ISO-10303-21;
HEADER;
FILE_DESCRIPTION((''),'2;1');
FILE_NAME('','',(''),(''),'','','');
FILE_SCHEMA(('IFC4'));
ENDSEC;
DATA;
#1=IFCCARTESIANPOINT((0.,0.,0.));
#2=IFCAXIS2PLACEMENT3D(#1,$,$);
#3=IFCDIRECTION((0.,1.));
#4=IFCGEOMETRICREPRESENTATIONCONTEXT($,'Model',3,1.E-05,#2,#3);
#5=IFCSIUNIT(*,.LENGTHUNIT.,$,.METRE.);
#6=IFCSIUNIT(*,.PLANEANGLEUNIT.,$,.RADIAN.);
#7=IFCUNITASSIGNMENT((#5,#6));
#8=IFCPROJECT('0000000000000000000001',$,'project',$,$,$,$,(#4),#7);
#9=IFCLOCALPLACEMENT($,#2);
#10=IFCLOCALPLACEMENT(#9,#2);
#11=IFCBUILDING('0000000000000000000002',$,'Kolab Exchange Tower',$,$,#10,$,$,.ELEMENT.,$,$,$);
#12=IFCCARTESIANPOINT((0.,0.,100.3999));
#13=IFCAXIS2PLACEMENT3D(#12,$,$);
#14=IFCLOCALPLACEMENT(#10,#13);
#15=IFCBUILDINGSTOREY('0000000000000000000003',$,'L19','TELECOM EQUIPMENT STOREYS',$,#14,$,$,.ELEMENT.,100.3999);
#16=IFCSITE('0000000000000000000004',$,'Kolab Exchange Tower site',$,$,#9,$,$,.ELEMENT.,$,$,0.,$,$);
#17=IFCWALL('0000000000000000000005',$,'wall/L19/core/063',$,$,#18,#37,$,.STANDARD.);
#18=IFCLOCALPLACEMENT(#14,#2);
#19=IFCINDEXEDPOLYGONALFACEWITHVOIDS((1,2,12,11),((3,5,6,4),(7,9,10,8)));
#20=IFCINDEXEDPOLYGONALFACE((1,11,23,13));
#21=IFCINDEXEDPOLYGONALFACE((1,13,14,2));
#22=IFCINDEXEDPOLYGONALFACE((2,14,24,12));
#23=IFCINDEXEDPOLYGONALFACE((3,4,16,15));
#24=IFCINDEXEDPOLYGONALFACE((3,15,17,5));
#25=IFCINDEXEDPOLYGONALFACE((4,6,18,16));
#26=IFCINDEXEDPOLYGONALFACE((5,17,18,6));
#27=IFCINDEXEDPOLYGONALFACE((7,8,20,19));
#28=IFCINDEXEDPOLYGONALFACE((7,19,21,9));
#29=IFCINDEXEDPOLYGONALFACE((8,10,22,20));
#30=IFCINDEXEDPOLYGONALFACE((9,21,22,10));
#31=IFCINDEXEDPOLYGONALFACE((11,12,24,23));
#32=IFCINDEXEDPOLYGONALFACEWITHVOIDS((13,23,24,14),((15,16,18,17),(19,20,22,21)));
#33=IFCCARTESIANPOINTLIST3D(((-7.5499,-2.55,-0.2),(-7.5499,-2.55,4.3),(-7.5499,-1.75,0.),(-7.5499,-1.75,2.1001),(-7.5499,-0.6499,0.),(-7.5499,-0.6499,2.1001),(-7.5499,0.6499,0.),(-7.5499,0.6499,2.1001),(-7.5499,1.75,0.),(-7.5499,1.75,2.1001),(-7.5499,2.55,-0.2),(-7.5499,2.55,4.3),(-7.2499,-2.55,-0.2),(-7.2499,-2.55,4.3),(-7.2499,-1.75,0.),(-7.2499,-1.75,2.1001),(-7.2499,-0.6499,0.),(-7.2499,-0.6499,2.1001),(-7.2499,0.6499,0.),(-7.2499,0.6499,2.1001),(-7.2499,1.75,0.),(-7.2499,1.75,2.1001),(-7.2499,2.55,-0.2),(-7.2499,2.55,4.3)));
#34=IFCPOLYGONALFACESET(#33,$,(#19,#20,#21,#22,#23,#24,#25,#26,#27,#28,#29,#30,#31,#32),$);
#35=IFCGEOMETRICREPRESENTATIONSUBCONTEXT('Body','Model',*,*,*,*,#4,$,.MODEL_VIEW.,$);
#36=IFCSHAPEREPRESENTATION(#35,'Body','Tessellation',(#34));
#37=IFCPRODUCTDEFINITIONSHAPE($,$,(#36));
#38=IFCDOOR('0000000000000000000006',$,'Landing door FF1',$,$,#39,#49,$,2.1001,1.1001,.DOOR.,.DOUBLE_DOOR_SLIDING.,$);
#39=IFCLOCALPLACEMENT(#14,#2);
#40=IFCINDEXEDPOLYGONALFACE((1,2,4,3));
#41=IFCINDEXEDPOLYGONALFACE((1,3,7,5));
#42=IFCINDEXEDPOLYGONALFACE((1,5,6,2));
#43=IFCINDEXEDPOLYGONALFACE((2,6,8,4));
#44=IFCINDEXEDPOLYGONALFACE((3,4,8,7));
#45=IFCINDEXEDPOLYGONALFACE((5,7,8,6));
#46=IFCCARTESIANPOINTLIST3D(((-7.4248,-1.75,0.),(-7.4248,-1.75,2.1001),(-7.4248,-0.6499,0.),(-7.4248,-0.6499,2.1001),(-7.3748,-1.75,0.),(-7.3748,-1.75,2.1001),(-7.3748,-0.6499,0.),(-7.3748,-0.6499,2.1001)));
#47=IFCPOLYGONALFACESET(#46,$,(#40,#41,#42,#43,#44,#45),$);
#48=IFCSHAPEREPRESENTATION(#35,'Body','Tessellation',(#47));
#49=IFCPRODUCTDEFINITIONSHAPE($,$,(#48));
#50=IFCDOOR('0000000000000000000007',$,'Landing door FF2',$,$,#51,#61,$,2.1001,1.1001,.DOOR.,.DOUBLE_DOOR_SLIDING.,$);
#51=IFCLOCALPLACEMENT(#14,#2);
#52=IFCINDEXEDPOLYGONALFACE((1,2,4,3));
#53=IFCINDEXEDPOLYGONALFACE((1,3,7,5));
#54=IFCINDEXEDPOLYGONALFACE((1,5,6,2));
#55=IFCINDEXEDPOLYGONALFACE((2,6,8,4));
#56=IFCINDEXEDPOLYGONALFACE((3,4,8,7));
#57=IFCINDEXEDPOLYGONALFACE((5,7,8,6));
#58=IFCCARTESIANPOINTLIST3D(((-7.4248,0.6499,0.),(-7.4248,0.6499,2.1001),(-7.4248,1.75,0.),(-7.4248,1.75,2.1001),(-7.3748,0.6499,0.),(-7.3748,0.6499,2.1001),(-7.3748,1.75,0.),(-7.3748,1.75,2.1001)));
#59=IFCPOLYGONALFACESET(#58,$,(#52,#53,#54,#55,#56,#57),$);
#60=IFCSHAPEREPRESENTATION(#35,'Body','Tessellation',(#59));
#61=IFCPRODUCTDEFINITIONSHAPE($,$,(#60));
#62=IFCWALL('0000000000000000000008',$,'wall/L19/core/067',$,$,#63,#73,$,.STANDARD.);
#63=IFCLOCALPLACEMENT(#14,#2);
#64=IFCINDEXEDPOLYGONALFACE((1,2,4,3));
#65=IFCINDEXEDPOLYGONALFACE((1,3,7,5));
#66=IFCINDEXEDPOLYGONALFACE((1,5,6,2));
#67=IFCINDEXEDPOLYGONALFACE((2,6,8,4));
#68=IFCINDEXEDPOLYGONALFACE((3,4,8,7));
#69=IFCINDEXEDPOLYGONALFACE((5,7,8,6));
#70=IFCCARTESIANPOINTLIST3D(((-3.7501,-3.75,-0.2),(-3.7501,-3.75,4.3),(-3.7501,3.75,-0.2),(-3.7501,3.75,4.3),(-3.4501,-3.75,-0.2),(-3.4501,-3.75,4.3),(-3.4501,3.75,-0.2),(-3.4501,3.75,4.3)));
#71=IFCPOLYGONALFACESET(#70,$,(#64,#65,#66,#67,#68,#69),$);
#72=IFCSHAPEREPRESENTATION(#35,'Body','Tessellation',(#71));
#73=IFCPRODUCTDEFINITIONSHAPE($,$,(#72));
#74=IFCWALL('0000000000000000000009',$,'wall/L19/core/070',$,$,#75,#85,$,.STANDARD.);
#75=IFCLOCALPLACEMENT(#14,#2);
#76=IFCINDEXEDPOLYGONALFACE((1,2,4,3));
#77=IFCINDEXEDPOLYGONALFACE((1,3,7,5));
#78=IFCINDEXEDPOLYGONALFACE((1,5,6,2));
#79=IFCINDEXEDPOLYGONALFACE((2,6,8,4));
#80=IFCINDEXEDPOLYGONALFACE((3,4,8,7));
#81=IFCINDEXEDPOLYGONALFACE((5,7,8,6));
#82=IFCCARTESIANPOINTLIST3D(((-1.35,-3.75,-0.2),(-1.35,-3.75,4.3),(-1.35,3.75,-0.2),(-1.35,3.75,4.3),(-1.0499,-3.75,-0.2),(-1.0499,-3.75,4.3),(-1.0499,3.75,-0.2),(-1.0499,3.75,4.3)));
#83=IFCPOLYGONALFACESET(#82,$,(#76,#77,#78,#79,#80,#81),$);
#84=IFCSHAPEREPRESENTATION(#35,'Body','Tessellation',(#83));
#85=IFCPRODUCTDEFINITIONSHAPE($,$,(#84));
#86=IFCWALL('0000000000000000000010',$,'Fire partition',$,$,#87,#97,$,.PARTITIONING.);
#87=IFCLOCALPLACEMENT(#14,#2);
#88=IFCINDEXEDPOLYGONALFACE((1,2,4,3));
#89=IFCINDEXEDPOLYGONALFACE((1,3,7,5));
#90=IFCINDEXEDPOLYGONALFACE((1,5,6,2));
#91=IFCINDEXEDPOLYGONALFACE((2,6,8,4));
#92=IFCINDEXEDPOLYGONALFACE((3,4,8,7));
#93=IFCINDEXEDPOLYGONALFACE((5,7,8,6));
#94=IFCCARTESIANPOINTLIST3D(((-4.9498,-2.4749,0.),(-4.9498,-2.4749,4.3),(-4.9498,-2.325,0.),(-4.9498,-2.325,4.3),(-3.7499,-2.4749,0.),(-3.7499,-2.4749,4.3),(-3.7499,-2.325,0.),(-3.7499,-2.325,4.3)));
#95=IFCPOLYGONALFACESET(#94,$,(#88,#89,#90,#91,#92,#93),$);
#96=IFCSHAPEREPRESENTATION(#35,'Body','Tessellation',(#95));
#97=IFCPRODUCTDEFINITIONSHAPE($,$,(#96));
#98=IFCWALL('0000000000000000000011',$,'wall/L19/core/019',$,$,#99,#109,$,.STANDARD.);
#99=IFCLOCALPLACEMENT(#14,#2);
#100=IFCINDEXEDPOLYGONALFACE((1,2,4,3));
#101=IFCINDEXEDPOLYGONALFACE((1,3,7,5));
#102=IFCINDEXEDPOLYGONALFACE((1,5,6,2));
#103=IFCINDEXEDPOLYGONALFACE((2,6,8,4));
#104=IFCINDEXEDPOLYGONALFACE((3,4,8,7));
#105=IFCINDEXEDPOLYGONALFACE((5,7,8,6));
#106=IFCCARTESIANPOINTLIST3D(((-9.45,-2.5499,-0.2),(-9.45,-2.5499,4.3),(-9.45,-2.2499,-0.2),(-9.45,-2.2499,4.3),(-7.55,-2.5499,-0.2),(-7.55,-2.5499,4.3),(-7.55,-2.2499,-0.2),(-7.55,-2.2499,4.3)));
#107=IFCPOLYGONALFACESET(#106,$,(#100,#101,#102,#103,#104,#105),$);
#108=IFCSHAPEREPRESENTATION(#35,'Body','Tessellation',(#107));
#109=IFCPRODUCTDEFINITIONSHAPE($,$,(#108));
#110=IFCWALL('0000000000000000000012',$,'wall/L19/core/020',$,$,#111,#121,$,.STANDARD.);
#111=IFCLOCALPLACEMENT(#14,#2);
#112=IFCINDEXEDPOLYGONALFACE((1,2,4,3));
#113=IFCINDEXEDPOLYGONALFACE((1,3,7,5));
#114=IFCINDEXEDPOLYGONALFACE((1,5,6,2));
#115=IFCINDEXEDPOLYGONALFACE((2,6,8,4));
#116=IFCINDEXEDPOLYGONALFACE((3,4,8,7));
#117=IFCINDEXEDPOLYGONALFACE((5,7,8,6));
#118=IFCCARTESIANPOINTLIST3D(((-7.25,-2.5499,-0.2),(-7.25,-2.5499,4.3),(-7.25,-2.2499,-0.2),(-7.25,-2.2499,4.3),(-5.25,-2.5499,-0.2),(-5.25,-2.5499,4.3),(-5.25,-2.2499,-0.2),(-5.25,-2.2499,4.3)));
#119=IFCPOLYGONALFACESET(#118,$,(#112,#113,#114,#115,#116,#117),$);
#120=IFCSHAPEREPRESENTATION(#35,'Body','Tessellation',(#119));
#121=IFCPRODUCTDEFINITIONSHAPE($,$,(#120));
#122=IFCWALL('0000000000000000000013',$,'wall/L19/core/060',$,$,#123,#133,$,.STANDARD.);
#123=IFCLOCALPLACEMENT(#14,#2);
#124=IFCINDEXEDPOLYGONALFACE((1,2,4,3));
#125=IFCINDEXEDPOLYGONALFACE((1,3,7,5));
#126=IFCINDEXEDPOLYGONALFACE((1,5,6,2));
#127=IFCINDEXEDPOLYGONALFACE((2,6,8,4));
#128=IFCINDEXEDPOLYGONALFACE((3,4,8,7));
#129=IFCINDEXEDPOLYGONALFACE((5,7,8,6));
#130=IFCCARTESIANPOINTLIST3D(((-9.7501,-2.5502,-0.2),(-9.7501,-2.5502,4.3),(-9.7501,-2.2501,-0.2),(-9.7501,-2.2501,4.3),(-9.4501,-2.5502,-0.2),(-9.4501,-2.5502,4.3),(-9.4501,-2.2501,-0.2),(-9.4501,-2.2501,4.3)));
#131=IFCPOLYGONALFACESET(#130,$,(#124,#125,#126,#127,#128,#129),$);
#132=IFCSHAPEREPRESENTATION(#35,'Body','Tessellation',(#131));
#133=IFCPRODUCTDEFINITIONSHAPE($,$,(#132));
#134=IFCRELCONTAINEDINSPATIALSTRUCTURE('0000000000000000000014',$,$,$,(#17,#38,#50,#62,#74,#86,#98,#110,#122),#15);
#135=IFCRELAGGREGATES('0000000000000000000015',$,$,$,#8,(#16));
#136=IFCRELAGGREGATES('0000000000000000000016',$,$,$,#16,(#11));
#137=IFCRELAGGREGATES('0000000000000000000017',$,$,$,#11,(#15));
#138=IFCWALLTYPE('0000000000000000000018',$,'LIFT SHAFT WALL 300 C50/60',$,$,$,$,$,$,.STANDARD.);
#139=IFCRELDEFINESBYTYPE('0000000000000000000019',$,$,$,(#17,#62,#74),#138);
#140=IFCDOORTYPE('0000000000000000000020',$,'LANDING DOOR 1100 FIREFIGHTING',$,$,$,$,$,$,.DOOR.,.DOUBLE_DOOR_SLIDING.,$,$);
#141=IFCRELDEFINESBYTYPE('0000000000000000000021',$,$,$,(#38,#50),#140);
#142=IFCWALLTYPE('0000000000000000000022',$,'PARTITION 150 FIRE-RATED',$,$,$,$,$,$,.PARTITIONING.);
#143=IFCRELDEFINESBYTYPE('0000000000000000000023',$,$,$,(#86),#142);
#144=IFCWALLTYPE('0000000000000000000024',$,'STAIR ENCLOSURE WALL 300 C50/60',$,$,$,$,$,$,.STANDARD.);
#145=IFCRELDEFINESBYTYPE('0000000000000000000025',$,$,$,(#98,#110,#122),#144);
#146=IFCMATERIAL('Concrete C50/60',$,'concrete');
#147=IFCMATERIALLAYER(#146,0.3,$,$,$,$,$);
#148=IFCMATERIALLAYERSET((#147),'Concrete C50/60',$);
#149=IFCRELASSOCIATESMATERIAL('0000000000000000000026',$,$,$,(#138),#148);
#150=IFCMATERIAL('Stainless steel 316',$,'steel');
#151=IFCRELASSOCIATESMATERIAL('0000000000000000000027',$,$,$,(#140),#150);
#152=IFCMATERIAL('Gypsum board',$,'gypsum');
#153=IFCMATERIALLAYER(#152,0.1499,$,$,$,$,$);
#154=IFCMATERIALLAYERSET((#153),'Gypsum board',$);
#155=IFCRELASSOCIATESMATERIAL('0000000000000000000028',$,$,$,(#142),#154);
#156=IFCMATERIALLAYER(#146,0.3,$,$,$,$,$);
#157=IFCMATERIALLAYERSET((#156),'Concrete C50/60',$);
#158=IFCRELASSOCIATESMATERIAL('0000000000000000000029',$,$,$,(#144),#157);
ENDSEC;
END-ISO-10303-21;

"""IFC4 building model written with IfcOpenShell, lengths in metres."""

from ifc_helpers import new_model, si_unit, direction, frame, frame_2d, origin, place, context, subcontext, project, spatial, rectangle, extrude, material, layer, layer_set, type_object, element, fill, save


model = new_model("IFC4")

# Units and contexts
model_context = context("Model", 3, precision=1e-05, world=origin(), true_north=direction((0.0, 1.0)))
body_context = subcontext(model_context, "Body", "Model", "MODEL_VIEW")
ifc_project = project(units=[si_unit("LENGTHUNIT", "METRE"), si_unit("PLANEANGLEUNIT", "RADIAN")], contexts=[model_context])

# Site, building, storey
site_placement = place(None, origin())
site = spatial("IfcSite", under=ifc_project, at=site_placement, Name="Kolab Exchange Tower site", CompositionType="ELEMENT", RefElevation=0.0)
building_placement = place(site_placement, origin())
building = spatial("IfcBuilding", under=site, at=building_placement, Name="Kolab Exchange Tower", CompositionType="ELEMENT")
storey_placement = place(building_placement, frame((0.0, 0.0, 100.3999)))
storey = spatial("IfcBuildingStorey", under=building, at=storey_placement, Name="L19", Description="TELECOM EQUIPMENT STOREYS", CompositionType="ELEMENT", Elevation=100.3999)

# Shared definitions
ifc_material_1 = material(Name="Concrete C50/60", Category="concrete")
ifc_layer_1 = layer(ifc_material_1, 0.3)
ifc_layer_set_1 = layer_set([ifc_layer_1], Name="Concrete C50/60")
wall_type_1 = type_object("IfcWallType", Name="LIFT SHAFT WALL 300 C50/60", PredefinedType="STANDARD", material=ifc_layer_set_1)

# Wall, openings, doors
wall_1_placement = place(storey_placement, frame((-7.3999, -2.55, -0.2), z_axis=(0.0, 0.0, 1.0), x_axis=(0.0, 1.0, 0.0)))
wall_1 = element("IfcWall", 1, at=wall_1_placement, inside=storey, type_object=wall_type_1, Name="wall/L19/core/063", PredefinedType="STANDARD", context=body_context, shape_type="SweptSolid", body=[
    extrude(rectangle(XDim=5.1001, YDim=0.3, at=frame_2d((2.55, 0.0))), origin(), (0.0, 0.0, 1.0), 4.5),
])
opening_1_placement = place(wall_1_placement, frame((0.8, 0.0, 0.2)))
opening_1 = element("IfcOpeningElement", 2, at=opening_1_placement, cuts=wall_1, PredefinedType="OPENING", context=body_context, shape_type="SweptSolid", body=[
    extrude(rectangle(XDim=1.1001, YDim=2.1001, at=frame_2d((0.55, 1.05))), frame((0.0, 0.1602, 0.0), z_axis=(0.0, -1.0, 0.0), x_axis=(1.0, 0.0, 0.0)), (0.0, 0.0, 1.0), 0.3201),
])
opening_2_placement = place(wall_1_placement, frame((3.2, 0.0, 0.2)))
opening_2 = element("IfcOpeningElement", 3, at=opening_2_placement, cuts=wall_1, PredefinedType="OPENING", context=body_context, shape_type="SweptSolid", body=[
    extrude(rectangle(XDim=1.1001, YDim=2.1001, at=frame_2d((0.55, 1.05))), frame((0.0, 0.1602, 0.0), z_axis=(0.0, -1.0, 0.0), x_axis=(1.0, 0.0, 0.0)), (0.0, 0.0, 1.0), 0.3201),
])
ifc_material_2 = material(Name="Stainless steel 316", Category="steel")
door_type_1 = type_object("IfcDoorType", Name="LANDING DOOR 1100 FIREFIGHTING", OperationType="DOUBLE_DOOR_SLIDING", PredefinedType="DOOR", material=ifc_material_2)
door_1_placement = place(opening_1_placement, origin())
door_1 = element("IfcDoor", 4, at=door_1_placement, inside=storey, type_object=door_type_1, Name="Landing door FF1", OperationType="DOUBLE_DOOR_SLIDING", OverallHeight=2.1001, OverallWidth=1.1001, PredefinedType="DOOR", context=body_context, shape_type="SweptSolid", body=[
    extrude(rectangle(XDim=1.1001, YDim=2.1001, at=frame_2d((0.55, 1.05))), frame((0.0, 0.0249, 0.0), z_axis=(0.0, -1.0, 0.0), x_axis=(1.0, 0.0, 0.0)), (0.0, 0.0, 1.0), 0.05),
])
fill(opening_1, door_1)
door_2_placement = place(opening_2_placement, origin())
door_2 = element("IfcDoor", 5, at=door_2_placement, inside=storey, type_object=door_type_1, Name="Landing door FF2", OperationType="DOUBLE_DOOR_SLIDING", OverallHeight=2.1001, OverallWidth=1.1001, PredefinedType="DOOR", context=body_context, shape_type="SweptSolid", body=[
    extrude(rectangle(XDim=1.1001, YDim=2.1001, at=frame_2d((0.55, 1.05))), frame((0.0, 0.0249, 0.0), z_axis=(0.0, -1.0, 0.0), x_axis=(1.0, 0.0, 0.0)), (0.0, 0.0, 1.0), 0.05),
])
fill(opening_2, door_2)

# Walls
for number, where, z_axis, x_axis, name in (
    (6, (-3.6001, -3.75, -0.2), (0.0, 0.0, 1.0), (0.0, 1.0, 0.0), "wall/L19/core/067"),
    (7, (-1.2, -3.75, -0.2), (0.0, 0.0, 1.0), (0.0, 1.0, 0.0), "wall/L19/core/070"),
):
    element("IfcWall", number, at=place(storey_placement, frame(where, z_axis=z_axis, x_axis=x_axis)), inside=storey, type_object=wall_type_1, Name=name, PredefinedType="STANDARD", context=body_context, shape_type="SweptSolid", body=[
        extrude(rectangle(XDim=7.5, YDim=0.3, at=frame_2d((3.75, 0.0))), origin(), (0.0, 0.0, 1.0), 4.5),
    ])
ifc_material_3 = material(Name="Gypsum board", Category="gypsum")
ifc_layer_2 = layer(ifc_material_3, 0.1499)
ifc_layer_set_2 = layer_set([ifc_layer_2], Name="Gypsum board")
wall_type_2 = type_object("IfcWallType", Name="PARTITION 150 FIRE-RATED", PredefinedType="PARTITIONING", material=ifc_layer_set_2)
wall_2_placement = place(storey_placement, frame((-4.95, -2.3999, 0.0), z_axis=(0.0, 0.0, 1.0), x_axis=(1.0, 0.0, 0.0)))
element("IfcWall", 8, at=wall_2_placement, inside=storey, type_object=wall_type_2, Name="Fire partition", PredefinedType="PARTITIONING", context=body_context, shape_type="SweptSolid", body=[
    extrude(rectangle(XDim=1.2, YDim=0.1499, at=frame_2d((0.6001, 0.0))), origin(), (0.0, 0.0, 1.0), 4.3),
])
ifc_layer_3 = layer(ifc_material_1, 0.3)
ifc_layer_set_3 = layer_set([ifc_layer_3], Name="Concrete C50/60")
wall_type_3 = type_object("IfcWallType", Name="STAIR ENCLOSURE WALL 300 C50/60", PredefinedType="STANDARD", material=ifc_layer_set_3)
wall_3_placement = place(storey_placement, frame((-9.45, -2.3999, -0.2), z_axis=(0.0, 0.0, 1.0), x_axis=(1.0, 0.0, 0.0)))
element("IfcWall", 9, at=wall_3_placement, inside=storey, type_object=wall_type_3, Name="wall/L19/core/019", PredefinedType="STANDARD", context=body_context, shape_type="SweptSolid", body=[
    extrude(rectangle(XDim=1.8999, YDim=0.3, at=frame_2d((0.95, 0.0))), origin(), (0.0, 0.0, 1.0), 4.5),
])
wall_4_placement = place(storey_placement, frame((-7.25, -2.3999, -0.2), z_axis=(0.0, 0.0, 1.0), x_axis=(1.0, 0.0, 0.0)))
element("IfcWall", 10, at=wall_4_placement, inside=storey, type_object=wall_type_3, Name="wall/L19/core/020", PredefinedType="STANDARD", context=body_context, shape_type="SweptSolid", body=[
    extrude(rectangle(XDim=2.0, YDim=0.3, at=frame_2d((1.0, 0.0))), origin(), (0.0, 0.0, 1.0), 4.5),
])
wall_5_placement = place(storey_placement, frame((-9.6001, -2.55, -0.2), z_axis=(0.0, 0.0, 1.0), x_axis=(0.0, 1.0, 0.0)))
element("IfcWall", 11, at=wall_5_placement, inside=storey, type_object=wall_type_3, Name="wall/L19/core/060", PredefinedType="STANDARD", context=body_context, shape_type="SweptSolid", body=[
    extrude(rectangle(XDim=0.3, YDim=0.3, at=frame_2d((0.1499, 0.0))), origin(), (0.0, 0.0, 1.0), 4.5),
])

save(model, "model.ifc")
